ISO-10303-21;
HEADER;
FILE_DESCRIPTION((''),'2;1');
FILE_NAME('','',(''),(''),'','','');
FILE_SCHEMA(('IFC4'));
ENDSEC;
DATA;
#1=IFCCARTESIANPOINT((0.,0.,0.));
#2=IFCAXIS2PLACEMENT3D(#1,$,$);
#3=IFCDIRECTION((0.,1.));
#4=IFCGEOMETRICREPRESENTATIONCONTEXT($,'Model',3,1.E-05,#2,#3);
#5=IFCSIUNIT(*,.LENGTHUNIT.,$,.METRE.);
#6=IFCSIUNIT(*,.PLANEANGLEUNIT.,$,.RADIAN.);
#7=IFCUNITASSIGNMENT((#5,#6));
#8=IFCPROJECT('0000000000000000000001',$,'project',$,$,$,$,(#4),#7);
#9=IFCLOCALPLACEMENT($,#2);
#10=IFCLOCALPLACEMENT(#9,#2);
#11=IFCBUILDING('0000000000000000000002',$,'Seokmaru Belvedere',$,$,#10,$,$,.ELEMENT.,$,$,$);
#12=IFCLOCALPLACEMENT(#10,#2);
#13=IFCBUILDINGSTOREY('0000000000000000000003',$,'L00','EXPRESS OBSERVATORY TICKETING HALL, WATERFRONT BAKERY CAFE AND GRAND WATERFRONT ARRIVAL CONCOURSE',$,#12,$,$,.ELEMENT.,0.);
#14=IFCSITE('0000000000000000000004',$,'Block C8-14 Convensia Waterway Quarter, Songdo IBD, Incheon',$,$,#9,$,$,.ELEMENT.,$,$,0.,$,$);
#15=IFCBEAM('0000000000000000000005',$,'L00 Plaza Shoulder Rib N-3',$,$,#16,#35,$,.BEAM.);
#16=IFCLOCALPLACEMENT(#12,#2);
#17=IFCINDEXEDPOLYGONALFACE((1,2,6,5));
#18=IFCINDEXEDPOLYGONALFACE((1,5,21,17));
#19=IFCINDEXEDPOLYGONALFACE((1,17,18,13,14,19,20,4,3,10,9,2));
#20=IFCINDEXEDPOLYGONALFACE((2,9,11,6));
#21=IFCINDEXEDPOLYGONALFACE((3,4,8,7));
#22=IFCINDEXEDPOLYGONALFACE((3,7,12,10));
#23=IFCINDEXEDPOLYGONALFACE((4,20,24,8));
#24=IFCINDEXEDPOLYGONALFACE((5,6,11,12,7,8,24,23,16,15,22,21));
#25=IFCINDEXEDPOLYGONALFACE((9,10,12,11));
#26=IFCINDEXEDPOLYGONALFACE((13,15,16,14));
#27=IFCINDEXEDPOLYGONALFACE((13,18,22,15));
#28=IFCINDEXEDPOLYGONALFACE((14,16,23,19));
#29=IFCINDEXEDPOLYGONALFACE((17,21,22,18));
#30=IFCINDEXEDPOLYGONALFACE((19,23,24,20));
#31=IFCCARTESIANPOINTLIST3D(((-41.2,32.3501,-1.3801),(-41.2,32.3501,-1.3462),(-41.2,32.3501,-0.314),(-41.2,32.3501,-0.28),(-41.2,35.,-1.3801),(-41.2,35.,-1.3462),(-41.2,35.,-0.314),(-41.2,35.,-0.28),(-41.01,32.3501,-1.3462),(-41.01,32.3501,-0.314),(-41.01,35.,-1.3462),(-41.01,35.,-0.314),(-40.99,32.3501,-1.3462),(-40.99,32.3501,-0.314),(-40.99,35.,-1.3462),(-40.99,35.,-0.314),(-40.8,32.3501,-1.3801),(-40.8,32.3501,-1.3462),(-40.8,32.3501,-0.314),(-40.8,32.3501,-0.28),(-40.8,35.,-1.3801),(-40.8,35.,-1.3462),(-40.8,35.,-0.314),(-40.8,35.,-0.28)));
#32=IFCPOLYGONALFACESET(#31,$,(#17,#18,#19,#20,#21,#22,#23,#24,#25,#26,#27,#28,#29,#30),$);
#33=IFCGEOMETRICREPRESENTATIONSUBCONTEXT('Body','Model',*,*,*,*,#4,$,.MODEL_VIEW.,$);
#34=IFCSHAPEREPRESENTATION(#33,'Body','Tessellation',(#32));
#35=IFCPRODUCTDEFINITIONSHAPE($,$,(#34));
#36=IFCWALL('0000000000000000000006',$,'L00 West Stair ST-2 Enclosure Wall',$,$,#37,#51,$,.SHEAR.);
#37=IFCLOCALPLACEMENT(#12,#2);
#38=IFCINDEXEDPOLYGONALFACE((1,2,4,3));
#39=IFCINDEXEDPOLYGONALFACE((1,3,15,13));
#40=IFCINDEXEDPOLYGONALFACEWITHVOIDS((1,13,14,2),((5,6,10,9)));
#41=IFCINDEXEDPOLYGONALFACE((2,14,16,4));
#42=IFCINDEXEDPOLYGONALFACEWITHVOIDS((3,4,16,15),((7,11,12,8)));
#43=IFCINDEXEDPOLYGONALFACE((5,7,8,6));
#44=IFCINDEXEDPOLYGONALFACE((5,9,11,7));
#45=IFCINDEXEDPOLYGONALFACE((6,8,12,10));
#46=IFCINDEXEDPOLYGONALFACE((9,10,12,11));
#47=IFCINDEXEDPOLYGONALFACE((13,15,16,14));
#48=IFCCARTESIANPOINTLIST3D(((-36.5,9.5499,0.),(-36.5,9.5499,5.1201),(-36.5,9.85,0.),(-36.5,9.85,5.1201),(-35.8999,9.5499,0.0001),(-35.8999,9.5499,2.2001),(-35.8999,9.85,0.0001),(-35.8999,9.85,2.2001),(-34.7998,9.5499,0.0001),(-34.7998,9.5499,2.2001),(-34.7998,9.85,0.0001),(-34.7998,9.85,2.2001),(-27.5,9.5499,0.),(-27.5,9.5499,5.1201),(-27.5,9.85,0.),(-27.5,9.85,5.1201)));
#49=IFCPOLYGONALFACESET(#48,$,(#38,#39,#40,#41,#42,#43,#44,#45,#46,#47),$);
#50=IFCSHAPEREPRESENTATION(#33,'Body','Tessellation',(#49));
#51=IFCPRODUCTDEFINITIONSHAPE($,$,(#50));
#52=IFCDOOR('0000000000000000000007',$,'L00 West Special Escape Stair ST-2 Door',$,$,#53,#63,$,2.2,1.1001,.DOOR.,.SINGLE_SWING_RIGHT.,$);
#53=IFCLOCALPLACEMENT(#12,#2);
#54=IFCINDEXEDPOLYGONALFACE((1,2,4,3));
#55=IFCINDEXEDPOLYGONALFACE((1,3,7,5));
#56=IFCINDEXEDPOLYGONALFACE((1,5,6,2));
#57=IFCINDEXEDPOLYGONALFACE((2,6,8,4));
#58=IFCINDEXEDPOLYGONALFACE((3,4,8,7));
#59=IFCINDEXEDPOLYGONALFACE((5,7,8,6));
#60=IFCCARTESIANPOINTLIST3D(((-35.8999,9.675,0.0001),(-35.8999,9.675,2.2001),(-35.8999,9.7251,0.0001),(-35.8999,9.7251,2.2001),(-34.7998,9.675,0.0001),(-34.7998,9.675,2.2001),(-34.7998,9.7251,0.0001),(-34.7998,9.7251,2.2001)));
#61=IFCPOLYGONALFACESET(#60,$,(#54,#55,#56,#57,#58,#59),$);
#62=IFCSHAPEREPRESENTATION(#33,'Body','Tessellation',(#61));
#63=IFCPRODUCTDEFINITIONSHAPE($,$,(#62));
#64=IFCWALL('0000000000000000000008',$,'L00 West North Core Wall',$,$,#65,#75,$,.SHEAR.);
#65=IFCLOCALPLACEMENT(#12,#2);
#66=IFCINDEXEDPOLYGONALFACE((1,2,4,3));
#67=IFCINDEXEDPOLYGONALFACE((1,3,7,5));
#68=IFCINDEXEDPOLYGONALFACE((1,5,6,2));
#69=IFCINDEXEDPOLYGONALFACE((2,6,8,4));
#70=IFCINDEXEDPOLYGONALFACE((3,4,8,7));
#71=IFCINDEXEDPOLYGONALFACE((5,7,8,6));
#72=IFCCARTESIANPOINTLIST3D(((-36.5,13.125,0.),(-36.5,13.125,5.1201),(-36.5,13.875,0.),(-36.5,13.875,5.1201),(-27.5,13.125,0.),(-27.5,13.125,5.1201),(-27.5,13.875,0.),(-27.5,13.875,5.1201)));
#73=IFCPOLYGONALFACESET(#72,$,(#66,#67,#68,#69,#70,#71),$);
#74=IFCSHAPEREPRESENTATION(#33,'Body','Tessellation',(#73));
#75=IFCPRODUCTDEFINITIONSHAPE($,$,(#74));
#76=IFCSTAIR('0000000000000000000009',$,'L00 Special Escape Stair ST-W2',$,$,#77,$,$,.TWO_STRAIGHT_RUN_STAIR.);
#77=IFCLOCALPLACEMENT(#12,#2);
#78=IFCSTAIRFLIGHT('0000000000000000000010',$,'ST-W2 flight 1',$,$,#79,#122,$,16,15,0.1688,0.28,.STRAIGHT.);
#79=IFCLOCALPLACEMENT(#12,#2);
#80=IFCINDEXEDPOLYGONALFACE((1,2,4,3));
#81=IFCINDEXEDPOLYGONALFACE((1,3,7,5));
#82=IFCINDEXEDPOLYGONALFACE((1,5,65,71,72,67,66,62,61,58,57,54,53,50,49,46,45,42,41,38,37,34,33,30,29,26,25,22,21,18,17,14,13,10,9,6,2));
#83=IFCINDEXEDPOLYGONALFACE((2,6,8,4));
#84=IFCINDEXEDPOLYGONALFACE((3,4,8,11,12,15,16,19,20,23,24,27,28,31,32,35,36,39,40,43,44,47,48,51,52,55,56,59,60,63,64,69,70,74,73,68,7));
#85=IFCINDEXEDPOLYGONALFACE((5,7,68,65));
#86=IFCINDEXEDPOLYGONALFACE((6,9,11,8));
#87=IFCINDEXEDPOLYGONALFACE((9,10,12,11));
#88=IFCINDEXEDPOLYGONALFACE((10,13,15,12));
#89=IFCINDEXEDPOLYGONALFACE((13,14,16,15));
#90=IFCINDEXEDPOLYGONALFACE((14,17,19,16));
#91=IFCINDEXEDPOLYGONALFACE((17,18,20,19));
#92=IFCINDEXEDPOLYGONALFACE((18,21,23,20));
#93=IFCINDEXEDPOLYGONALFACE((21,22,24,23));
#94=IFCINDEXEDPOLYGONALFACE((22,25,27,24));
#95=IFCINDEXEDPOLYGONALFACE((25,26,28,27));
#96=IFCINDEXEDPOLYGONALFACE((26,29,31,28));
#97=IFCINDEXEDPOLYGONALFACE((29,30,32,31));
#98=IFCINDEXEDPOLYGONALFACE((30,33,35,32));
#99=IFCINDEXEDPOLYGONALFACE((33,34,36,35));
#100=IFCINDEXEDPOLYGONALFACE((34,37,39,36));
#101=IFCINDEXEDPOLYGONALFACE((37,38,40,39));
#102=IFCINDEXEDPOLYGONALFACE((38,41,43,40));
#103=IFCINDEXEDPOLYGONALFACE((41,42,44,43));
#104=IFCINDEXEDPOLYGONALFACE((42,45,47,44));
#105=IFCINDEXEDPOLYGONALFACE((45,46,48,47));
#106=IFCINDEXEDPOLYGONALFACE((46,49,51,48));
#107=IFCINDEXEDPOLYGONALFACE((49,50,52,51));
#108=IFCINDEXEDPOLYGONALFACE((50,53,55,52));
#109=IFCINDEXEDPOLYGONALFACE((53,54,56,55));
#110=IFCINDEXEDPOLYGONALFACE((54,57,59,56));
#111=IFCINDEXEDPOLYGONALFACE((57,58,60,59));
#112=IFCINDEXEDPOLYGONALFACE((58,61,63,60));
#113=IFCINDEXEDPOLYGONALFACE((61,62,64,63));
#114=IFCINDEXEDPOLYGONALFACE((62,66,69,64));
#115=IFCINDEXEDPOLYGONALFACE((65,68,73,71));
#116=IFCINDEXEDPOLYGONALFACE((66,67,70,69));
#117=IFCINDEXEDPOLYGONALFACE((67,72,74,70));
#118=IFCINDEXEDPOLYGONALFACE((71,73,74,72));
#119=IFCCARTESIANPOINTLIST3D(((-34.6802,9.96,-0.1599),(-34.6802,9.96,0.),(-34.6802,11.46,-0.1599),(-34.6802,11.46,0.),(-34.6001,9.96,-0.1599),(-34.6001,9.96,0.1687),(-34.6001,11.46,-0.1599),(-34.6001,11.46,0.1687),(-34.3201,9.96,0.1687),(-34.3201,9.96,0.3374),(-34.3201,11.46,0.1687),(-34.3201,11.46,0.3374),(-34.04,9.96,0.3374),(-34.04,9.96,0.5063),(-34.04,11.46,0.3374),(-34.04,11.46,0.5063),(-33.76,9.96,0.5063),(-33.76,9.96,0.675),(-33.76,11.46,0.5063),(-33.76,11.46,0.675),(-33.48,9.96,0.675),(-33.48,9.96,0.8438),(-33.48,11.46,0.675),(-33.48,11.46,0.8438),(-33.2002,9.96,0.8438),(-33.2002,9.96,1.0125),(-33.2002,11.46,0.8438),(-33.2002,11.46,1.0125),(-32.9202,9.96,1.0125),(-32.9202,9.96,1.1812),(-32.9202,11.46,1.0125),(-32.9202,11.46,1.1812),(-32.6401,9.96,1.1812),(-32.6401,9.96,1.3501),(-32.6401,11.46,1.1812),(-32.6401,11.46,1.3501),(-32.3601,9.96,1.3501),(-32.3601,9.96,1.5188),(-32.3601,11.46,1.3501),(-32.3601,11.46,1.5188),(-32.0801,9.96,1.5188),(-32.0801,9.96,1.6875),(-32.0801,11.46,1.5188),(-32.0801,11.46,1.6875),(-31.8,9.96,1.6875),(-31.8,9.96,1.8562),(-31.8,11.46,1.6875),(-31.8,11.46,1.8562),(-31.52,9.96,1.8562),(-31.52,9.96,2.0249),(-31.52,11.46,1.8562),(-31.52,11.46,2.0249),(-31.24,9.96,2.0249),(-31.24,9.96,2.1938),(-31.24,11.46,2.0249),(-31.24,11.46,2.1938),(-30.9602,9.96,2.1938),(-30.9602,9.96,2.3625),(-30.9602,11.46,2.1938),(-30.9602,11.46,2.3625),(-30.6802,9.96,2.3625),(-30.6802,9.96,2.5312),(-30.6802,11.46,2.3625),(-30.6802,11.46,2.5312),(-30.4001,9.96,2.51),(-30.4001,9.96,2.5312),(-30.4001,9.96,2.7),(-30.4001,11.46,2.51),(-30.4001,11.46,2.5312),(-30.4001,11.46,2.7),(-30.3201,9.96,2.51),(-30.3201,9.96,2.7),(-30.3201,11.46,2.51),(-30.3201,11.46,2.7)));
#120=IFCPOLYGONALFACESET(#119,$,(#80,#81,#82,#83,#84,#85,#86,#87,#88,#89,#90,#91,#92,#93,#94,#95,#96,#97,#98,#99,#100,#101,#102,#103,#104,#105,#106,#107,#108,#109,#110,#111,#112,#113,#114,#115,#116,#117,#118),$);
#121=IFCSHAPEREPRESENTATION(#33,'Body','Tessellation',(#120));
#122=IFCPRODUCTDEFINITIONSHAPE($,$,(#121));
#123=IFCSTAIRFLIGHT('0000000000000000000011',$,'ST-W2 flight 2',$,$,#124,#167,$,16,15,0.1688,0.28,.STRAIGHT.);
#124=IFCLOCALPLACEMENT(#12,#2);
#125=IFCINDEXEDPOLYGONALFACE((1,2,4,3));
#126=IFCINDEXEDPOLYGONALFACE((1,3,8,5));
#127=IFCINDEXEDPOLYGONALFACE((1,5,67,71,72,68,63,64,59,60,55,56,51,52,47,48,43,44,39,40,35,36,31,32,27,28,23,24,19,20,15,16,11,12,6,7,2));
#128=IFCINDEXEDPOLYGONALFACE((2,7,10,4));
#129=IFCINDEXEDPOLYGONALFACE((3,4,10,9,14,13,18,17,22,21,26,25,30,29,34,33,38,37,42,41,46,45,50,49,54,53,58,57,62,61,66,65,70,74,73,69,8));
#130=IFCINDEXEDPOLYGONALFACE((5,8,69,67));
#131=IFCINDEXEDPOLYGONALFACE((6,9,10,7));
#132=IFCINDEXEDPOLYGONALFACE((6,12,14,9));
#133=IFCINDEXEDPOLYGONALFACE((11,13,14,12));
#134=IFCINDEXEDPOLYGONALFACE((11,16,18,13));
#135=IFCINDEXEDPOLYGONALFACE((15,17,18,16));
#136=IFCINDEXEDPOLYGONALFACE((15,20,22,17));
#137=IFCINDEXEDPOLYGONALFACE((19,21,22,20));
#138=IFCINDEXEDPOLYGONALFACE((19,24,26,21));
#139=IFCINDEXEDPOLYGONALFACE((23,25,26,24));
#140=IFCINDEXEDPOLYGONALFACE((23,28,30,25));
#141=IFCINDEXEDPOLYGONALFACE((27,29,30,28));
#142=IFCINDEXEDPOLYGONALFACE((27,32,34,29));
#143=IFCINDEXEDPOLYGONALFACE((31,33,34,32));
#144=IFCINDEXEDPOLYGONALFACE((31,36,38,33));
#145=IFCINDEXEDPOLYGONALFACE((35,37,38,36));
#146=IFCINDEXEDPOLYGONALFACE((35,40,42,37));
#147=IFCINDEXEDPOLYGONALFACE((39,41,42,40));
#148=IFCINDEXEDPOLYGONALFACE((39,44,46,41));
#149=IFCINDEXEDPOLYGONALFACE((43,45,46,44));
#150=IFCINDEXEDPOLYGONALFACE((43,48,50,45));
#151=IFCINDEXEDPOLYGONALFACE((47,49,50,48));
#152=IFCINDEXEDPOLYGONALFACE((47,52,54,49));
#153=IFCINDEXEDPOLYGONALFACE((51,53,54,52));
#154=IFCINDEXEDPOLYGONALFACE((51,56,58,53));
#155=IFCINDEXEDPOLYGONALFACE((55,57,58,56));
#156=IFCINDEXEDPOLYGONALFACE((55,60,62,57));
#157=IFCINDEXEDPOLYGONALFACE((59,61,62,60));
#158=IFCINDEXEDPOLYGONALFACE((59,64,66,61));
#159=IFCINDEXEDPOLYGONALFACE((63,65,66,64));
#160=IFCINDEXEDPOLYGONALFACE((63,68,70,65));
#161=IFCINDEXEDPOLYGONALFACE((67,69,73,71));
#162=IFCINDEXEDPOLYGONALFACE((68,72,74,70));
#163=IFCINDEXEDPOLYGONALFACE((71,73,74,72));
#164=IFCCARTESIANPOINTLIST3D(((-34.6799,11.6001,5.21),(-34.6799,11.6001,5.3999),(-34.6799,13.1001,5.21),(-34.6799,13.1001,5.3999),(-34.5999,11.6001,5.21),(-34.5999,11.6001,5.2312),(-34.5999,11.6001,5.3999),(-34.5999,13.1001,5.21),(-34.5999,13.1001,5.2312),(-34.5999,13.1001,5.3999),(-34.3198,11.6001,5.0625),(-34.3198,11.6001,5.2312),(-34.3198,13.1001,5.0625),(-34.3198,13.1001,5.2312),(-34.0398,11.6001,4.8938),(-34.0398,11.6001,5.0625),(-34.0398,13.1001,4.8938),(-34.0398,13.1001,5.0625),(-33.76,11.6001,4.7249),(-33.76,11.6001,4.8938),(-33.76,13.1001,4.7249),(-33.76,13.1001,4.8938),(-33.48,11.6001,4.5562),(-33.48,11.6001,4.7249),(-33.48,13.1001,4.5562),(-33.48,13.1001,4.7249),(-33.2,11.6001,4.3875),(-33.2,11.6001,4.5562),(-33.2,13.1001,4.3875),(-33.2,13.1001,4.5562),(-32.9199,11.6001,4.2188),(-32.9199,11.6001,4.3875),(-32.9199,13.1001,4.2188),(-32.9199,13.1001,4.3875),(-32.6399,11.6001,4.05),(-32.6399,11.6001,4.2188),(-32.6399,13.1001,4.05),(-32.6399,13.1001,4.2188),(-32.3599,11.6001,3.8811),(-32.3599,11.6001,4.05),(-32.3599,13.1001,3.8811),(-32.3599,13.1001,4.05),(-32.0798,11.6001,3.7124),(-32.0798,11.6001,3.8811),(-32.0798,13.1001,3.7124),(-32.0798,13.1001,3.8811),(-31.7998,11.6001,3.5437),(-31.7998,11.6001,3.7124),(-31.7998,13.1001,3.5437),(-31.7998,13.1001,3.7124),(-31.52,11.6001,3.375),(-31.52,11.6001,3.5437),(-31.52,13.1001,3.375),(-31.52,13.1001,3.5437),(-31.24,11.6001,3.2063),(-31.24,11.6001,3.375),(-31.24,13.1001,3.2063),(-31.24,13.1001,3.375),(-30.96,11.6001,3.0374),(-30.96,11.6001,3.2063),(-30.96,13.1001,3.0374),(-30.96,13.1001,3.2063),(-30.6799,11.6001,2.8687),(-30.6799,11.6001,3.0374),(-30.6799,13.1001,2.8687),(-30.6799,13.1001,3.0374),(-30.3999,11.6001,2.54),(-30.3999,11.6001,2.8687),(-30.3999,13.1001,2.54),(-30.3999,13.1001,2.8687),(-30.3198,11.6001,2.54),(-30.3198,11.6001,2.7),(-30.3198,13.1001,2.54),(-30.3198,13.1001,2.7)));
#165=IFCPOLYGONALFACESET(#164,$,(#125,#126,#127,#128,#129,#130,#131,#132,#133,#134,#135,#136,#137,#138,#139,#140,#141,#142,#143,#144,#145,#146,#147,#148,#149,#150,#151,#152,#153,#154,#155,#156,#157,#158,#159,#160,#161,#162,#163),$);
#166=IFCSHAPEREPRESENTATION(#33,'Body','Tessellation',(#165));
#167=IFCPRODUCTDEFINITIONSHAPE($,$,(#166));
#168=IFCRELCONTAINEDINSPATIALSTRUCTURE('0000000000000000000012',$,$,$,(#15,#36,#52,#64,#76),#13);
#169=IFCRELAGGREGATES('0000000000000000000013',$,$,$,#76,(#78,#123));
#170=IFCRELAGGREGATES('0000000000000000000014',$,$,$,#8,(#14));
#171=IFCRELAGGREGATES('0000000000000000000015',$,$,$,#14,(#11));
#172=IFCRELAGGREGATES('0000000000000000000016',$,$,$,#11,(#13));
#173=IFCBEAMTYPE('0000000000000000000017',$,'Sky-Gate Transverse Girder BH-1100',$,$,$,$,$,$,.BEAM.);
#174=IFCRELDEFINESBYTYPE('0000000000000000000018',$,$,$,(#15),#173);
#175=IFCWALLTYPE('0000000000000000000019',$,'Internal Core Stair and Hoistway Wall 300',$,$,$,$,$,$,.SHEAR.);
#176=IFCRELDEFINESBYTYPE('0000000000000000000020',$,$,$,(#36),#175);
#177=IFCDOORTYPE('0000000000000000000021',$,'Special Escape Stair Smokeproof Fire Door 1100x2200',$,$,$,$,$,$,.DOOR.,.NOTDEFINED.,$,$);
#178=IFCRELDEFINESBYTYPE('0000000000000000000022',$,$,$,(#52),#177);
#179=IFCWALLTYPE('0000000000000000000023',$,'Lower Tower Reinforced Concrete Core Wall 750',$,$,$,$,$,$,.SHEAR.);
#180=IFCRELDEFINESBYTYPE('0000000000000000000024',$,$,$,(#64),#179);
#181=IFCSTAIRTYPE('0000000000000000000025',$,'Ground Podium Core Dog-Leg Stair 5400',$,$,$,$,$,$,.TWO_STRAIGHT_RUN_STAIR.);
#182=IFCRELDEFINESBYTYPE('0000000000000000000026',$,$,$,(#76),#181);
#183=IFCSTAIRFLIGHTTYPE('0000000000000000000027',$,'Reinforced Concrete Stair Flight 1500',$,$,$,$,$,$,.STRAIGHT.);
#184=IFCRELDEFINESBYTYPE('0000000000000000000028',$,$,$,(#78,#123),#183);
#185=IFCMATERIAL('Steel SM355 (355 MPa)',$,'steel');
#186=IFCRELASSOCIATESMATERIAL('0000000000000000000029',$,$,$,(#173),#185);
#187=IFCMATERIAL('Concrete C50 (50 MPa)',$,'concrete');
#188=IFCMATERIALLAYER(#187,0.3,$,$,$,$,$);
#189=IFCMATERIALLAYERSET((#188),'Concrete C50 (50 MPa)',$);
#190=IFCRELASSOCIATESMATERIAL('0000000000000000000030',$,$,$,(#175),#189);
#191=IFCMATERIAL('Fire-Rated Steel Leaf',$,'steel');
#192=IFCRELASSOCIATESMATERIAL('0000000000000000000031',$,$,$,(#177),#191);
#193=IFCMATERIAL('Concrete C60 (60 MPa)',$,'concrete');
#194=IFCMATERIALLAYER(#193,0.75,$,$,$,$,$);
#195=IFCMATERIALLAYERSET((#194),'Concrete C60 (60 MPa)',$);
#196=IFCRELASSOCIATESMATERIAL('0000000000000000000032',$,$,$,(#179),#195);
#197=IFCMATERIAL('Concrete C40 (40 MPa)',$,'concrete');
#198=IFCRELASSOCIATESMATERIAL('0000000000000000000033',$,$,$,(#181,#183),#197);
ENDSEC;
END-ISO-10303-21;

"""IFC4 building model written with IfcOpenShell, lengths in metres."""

from ifc_helpers import new_model, si_unit, direction, frame, frame_2d, origin, origin_2d, place, context, subcontext, project, spatial, polyline, rectangle, i_section, outline, extrude, source, transform, mapped, material, layer, layer_set, material_profile, profile_set, type_object, type_shapes, element, fill, aggregate, save


model = new_model("IFC4")

# Units and contexts
model_context = context("Model", 3, precision=1e-05, world=origin(), true_north=direction((0.0, 1.0)))
body_context = subcontext(model_context, "Body", "Model", "MODEL_VIEW")
ifc_project = project(units=[si_unit("LENGTHUNIT", "METRE"), si_unit("PLANEANGLEUNIT", "RADIAN")], contexts=[model_context])

# Site, building, storey
site_placement = place(None, origin())
site = spatial("IfcSite", under=ifc_project, at=site_placement, Name="Block C8-14 Convensia Waterway Quarter, Songdo IBD, Incheon", CompositionType="ELEMENT", RefElevation=0.0)
building_placement = place(site_placement, origin())
building = spatial("IfcBuilding", under=site, at=building_placement, Name="Seokmaru Belvedere", CompositionType="ELEMENT")
storey_placement = place(building_placement, origin())
storey = spatial("IfcBuildingStorey", under=building, at=storey_placement, Name="L00", Description="EXPRESS OBSERVATORY TICKETING HALL, WATERFRONT BAKERY CAFE AND GRAND WATERFRONT ARRIVAL CONCOURSE", CompositionType="ELEMENT", Elevation=0.0)

# Shared definitions
ifc_material_1 = material(Name="Steel SM355 (355 MPa)", Category="steel")

# Beam
ifc_material_profile_1 = material_profile(ifc_material_1, i_section(OverallWidth=0.3999, OverallDepth=1.1001, WebThickness=0.02, FlangeThickness=0.0339, at=origin_2d()), Name="BH-1100x400x20x34")
ifc_profile_set_1 = profile_set([ifc_material_profile_1], Name="Steel SM355 (355 MPa)")
beam_type_1 = type_object("IfcBeamType", Name="Sky-Gate Transverse Girder BH-1100", PredefinedType="BEAM", material=ifc_profile_set_1)
ifc_material_2 = material(Name="Concrete C50 (50 MPa)", Category="concrete")
shared_shape_1 = source(origin(), body_context, "Body", "SweptSolid", [
    extrude(i_section(OverallWidth=0.3999, OverallDepth=1.1001, WebThickness=0.02, FlangeThickness=0.0339, at=origin_2d()), origin(), (0.0, 0.0, 1.0), 2.6499),
])
beam_1_placement = place(storey_placement, frame((-41.0, 35.0, -0.8301), z_axis=(0.0, -1.0, 0.0), x_axis=(1.0, 0.0, 0.0)))
element("IfcBeam", 1, at=beam_1_placement, inside=storey, type_object=beam_type_1, Name="L00 Plaza Shoulder Rib N-3", PredefinedType="BEAM", context=body_context, shape_type="MappedRepresentation", body=[
    mapped(shared_shape_1, transform((0.0, 0.0, 0.0), scale=1.0)),
])

# Wall, opening, door
ifc_layer_1 = layer(ifc_material_2, 0.3)
ifc_layer_set_1 = layer_set([ifc_layer_1], Name="Concrete C50 (50 MPa)")
wall_type_1 = type_object("IfcWallType", Name="Internal Core Stair and Hoistway Wall 300", PredefinedType="SHEAR", material=ifc_layer_set_1)
wall_1_placement = place(storey_placement, frame((-36.5, 9.7, 0.0), z_axis=(0.0, 0.0, 1.0), x_axis=(1.0, 0.0, 0.0)))
wall_1 = element("IfcWall", 2, at=wall_1_placement, inside=storey, type_object=wall_type_1, Name="L00 West Stair ST-2 Enclosure Wall", PredefinedType="SHEAR", context=body_context, shape_type="SweptSolid", body=[
    extrude(rectangle(XDim=9.0, YDim=0.3, at=frame_2d((4.5, 0.0))), origin(), (0.0, 0.0, 1.0), 5.1201),
])
opening_placement = place(wall_1_placement, frame((0.6001, 0.0, 0.0)))
opening = element("IfcOpeningElement", 3, at=opening_placement, cuts=wall_1, PredefinedType="OPENING", context=body_context, shape_type="SweptSolid", body=[
    extrude(rectangle(XDim=1.1001, YDim=2.2, at=frame_2d((0.55, 1.1001))), frame((0.0, 0.1602, 0.0), z_axis=(0.0, -1.0, 0.0), x_axis=(1.0, 0.0, 0.0)), (0.0, 0.0, 1.0), 0.3201),
])
ifc_material_3 = material(Name="Fire-Rated Steel Leaf", Category="steel")
door_type = type_object("IfcDoorType", Name="Special Escape Stair Smokeproof Fire Door 1100x2200", OperationType="NOTDEFINED", PredefinedType="DOOR", material=ifc_material_3)
shared_shape_2 = source(origin(), body_context, "Body", "SweptSolid", [
    extrude(rectangle(XDim=1.1001, YDim=2.2, at=frame_2d((0.55, 1.1001))), frame((0.0, 0.0249, 0.0), z_axis=(0.0, -1.0, 0.0), x_axis=(1.0, 0.0, 0.0)), (0.0, 0.0, 1.0), 0.05),
])
type_shapes(door_type, [shared_shape_2])
door_placement = place(opening_placement, frame((1.1001, 0.0, 0.0), z_axis=(0.0, 0.0, 1.0), x_axis=(-1.0, 0.0, 0.0)))
door = element("IfcDoor", 4, at=door_placement, inside=storey, type_object=door_type, Name="L00 West Special Escape Stair ST-2 Door", OperationType="SINGLE_SWING_RIGHT", OverallHeight=2.2, OverallWidth=1.1001, PredefinedType="DOOR", context=body_context, shape_type="MappedRepresentation", body=[
    mapped(shared_shape_2, transform((0.0, 0.0, 0.0), scale=1.0)),
])
fill(opening, door)

# Wall
ifc_material_4 = material(Name="Concrete C60 (60 MPa)", Category="concrete")
ifc_layer_2 = layer(ifc_material_4, 0.75)
ifc_layer_set_2 = layer_set([ifc_layer_2], Name="Concrete C60 (60 MPa)")
wall_type_2 = type_object("IfcWallType", Name="Lower Tower Reinforced Concrete Core Wall 750", PredefinedType="SHEAR", material=ifc_layer_set_2)
wall_2_placement = place(storey_placement, frame((-36.5, 13.5, 0.0), z_axis=(0.0, 0.0, 1.0), x_axis=(1.0, 0.0, 0.0)))
element("IfcWall", 5, at=wall_2_placement, inside=storey, type_object=wall_type_2, Name="L00 West North Core Wall", PredefinedType="SHEAR", context=body_context, shape_type="SweptSolid", body=[
    extrude(rectangle(XDim=9.0, YDim=0.75, at=frame_2d((4.5, 0.0))), origin(), (0.0, 0.0, 1.0), 5.1201),
])

# Stair, stair flights
ifc_material_5 = material(Name="Concrete C40 (40 MPa)", Category="concrete")
stair_type = type_object("IfcStairType", Name="Ground Podium Core Dog-Leg Stair 5400", PredefinedType="TWO_STRAIGHT_RUN_STAIR", material=ifc_material_5)
stair_placement = place(storey_placement, origin())
stair = element("IfcStair", 6, at=stair_placement, inside=storey, type_object=stair_type, Name="L00 Special Escape Stair ST-W2", PredefinedType="TWO_STRAIGHT_RUN_STAIR")
stair_flight_type = type_object("IfcStairFlightType", Name="Reinforced Concrete Stair Flight 1500", PredefinedType="STRAIGHT", material=ifc_material_5)
stair_flight_1_placement = place(storey_placement, frame((-34.6001, 10.71, 0.0), z_axis=(0.0, 0.0, 1.0), x_axis=(1.0, 0.0, 0.0)))
stair_flight_1 = element("IfcStairFlight", 7, at=stair_flight_1_placement, type_object=stair_flight_type, Name="ST-W2 flight 1", NumberOfRisers=16, NumberOfTreads=15, PredefinedType="STRAIGHT", RiserHeight=0.1688, TreadLength=0.28, context=body_context, shape_type="SweptSolid", body=[
    extrude(outline(polyline([(-0.0801, 0.0), (0.0, 0.1687), (0.28, 0.1687), (0.28, 0.3374), (0.5601, 0.3374), (0.5601, 0.5063), (0.8401, 0.5063), (0.8401, 0.675), (1.1201, 0.675), (1.1201, 0.8438), (1.3999, 0.8438), (1.3999, 1.0125), (1.6799, 1.0125), (1.6799, 1.1812), (1.96, 1.1812), (1.96, 1.3501), (2.24, 1.3501), (2.24, 1.5188), (2.52, 1.5188), (2.52, 1.6875), (2.8, 1.6875), (2.8, 1.8562), (3.0801, 1.8562), (3.0801, 2.0249), (3.3601, 2.0249), (3.3601, 2.1938), (3.6399, 2.1938), (3.6399, 2.3625), (3.9199, 2.3625), (3.9199, 2.5312), (4.2, 2.5312), (4.2, 2.7), (4.28, 2.7), (4.28, 2.51), (4.2, 2.51), (0.0, -0.1599), (-0.0801, -0.1599), (-0.0801, 0.0)])), frame((0.0, 0.75, 0.0), z_axis=(0.0, -1.0, 0.0), x_axis=(1.0, 0.0, 0.0)), (0.0, 0.0, 1.0), 1.5),
])
stair_flight_2_placement = place(storey_placement, frame((-30.3999, 12.3501, 2.7), z_axis=(0.0, 0.0, 1.0), x_axis=(-1.0, 0.0, 0.0)))
stair_flight_2 = element("IfcStairFlight", 8, at=stair_flight_2_placement, type_object=stair_flight_type, Name="ST-W2 flight 2", NumberOfRisers=16, NumberOfTreads=15, PredefinedType="STRAIGHT", RiserHeight=0.1688, TreadLength=0.28, context=body_context, shape_type="SweptSolid", body=[
    extrude(outline(polyline([(-0.0801, 0.0), (0.0, 0.1687), (0.28, 0.1687), (0.28, 0.3374), (0.5601, 0.3374), (0.5601, 0.5063), (0.8401, 0.5063), (0.8401, 0.675), (1.1201, 0.675), (1.1201, 0.8438), (1.3999, 0.8438), (1.3999, 1.0125), (1.6799, 1.0125), (1.6799, 1.1812), (1.96, 1.1812), (1.96, 1.3501), (2.24, 1.3501), (2.24, 1.5188), (2.52, 1.5188), (2.52, 1.6875), (2.8, 1.6875), (2.8, 1.8562), (3.0801, 1.8562), (3.0801, 2.0249), (3.3601, 2.0249), (3.3601, 2.1938), (3.6399, 2.1938), (3.6399, 2.3625), (3.9199, 2.3625), (3.9199, 2.5312), (4.2, 2.5312), (4.2, 2.7), (4.28, 2.7), (4.28, 2.51), (4.2, 2.51), (0.0, -0.1599), (-0.0801, -0.1599), (-0.0801, 0.0)])), frame((0.0, 0.75, 0.0), z_axis=(0.0, -1.0, 0.0), x_axis=(1.0, 0.0, 0.0)), (0.0, 0.0, 1.0), 1.5),
])
aggregate(stair, [stair_flight_1, stair_flight_2])

save(model, "model.ifc")
